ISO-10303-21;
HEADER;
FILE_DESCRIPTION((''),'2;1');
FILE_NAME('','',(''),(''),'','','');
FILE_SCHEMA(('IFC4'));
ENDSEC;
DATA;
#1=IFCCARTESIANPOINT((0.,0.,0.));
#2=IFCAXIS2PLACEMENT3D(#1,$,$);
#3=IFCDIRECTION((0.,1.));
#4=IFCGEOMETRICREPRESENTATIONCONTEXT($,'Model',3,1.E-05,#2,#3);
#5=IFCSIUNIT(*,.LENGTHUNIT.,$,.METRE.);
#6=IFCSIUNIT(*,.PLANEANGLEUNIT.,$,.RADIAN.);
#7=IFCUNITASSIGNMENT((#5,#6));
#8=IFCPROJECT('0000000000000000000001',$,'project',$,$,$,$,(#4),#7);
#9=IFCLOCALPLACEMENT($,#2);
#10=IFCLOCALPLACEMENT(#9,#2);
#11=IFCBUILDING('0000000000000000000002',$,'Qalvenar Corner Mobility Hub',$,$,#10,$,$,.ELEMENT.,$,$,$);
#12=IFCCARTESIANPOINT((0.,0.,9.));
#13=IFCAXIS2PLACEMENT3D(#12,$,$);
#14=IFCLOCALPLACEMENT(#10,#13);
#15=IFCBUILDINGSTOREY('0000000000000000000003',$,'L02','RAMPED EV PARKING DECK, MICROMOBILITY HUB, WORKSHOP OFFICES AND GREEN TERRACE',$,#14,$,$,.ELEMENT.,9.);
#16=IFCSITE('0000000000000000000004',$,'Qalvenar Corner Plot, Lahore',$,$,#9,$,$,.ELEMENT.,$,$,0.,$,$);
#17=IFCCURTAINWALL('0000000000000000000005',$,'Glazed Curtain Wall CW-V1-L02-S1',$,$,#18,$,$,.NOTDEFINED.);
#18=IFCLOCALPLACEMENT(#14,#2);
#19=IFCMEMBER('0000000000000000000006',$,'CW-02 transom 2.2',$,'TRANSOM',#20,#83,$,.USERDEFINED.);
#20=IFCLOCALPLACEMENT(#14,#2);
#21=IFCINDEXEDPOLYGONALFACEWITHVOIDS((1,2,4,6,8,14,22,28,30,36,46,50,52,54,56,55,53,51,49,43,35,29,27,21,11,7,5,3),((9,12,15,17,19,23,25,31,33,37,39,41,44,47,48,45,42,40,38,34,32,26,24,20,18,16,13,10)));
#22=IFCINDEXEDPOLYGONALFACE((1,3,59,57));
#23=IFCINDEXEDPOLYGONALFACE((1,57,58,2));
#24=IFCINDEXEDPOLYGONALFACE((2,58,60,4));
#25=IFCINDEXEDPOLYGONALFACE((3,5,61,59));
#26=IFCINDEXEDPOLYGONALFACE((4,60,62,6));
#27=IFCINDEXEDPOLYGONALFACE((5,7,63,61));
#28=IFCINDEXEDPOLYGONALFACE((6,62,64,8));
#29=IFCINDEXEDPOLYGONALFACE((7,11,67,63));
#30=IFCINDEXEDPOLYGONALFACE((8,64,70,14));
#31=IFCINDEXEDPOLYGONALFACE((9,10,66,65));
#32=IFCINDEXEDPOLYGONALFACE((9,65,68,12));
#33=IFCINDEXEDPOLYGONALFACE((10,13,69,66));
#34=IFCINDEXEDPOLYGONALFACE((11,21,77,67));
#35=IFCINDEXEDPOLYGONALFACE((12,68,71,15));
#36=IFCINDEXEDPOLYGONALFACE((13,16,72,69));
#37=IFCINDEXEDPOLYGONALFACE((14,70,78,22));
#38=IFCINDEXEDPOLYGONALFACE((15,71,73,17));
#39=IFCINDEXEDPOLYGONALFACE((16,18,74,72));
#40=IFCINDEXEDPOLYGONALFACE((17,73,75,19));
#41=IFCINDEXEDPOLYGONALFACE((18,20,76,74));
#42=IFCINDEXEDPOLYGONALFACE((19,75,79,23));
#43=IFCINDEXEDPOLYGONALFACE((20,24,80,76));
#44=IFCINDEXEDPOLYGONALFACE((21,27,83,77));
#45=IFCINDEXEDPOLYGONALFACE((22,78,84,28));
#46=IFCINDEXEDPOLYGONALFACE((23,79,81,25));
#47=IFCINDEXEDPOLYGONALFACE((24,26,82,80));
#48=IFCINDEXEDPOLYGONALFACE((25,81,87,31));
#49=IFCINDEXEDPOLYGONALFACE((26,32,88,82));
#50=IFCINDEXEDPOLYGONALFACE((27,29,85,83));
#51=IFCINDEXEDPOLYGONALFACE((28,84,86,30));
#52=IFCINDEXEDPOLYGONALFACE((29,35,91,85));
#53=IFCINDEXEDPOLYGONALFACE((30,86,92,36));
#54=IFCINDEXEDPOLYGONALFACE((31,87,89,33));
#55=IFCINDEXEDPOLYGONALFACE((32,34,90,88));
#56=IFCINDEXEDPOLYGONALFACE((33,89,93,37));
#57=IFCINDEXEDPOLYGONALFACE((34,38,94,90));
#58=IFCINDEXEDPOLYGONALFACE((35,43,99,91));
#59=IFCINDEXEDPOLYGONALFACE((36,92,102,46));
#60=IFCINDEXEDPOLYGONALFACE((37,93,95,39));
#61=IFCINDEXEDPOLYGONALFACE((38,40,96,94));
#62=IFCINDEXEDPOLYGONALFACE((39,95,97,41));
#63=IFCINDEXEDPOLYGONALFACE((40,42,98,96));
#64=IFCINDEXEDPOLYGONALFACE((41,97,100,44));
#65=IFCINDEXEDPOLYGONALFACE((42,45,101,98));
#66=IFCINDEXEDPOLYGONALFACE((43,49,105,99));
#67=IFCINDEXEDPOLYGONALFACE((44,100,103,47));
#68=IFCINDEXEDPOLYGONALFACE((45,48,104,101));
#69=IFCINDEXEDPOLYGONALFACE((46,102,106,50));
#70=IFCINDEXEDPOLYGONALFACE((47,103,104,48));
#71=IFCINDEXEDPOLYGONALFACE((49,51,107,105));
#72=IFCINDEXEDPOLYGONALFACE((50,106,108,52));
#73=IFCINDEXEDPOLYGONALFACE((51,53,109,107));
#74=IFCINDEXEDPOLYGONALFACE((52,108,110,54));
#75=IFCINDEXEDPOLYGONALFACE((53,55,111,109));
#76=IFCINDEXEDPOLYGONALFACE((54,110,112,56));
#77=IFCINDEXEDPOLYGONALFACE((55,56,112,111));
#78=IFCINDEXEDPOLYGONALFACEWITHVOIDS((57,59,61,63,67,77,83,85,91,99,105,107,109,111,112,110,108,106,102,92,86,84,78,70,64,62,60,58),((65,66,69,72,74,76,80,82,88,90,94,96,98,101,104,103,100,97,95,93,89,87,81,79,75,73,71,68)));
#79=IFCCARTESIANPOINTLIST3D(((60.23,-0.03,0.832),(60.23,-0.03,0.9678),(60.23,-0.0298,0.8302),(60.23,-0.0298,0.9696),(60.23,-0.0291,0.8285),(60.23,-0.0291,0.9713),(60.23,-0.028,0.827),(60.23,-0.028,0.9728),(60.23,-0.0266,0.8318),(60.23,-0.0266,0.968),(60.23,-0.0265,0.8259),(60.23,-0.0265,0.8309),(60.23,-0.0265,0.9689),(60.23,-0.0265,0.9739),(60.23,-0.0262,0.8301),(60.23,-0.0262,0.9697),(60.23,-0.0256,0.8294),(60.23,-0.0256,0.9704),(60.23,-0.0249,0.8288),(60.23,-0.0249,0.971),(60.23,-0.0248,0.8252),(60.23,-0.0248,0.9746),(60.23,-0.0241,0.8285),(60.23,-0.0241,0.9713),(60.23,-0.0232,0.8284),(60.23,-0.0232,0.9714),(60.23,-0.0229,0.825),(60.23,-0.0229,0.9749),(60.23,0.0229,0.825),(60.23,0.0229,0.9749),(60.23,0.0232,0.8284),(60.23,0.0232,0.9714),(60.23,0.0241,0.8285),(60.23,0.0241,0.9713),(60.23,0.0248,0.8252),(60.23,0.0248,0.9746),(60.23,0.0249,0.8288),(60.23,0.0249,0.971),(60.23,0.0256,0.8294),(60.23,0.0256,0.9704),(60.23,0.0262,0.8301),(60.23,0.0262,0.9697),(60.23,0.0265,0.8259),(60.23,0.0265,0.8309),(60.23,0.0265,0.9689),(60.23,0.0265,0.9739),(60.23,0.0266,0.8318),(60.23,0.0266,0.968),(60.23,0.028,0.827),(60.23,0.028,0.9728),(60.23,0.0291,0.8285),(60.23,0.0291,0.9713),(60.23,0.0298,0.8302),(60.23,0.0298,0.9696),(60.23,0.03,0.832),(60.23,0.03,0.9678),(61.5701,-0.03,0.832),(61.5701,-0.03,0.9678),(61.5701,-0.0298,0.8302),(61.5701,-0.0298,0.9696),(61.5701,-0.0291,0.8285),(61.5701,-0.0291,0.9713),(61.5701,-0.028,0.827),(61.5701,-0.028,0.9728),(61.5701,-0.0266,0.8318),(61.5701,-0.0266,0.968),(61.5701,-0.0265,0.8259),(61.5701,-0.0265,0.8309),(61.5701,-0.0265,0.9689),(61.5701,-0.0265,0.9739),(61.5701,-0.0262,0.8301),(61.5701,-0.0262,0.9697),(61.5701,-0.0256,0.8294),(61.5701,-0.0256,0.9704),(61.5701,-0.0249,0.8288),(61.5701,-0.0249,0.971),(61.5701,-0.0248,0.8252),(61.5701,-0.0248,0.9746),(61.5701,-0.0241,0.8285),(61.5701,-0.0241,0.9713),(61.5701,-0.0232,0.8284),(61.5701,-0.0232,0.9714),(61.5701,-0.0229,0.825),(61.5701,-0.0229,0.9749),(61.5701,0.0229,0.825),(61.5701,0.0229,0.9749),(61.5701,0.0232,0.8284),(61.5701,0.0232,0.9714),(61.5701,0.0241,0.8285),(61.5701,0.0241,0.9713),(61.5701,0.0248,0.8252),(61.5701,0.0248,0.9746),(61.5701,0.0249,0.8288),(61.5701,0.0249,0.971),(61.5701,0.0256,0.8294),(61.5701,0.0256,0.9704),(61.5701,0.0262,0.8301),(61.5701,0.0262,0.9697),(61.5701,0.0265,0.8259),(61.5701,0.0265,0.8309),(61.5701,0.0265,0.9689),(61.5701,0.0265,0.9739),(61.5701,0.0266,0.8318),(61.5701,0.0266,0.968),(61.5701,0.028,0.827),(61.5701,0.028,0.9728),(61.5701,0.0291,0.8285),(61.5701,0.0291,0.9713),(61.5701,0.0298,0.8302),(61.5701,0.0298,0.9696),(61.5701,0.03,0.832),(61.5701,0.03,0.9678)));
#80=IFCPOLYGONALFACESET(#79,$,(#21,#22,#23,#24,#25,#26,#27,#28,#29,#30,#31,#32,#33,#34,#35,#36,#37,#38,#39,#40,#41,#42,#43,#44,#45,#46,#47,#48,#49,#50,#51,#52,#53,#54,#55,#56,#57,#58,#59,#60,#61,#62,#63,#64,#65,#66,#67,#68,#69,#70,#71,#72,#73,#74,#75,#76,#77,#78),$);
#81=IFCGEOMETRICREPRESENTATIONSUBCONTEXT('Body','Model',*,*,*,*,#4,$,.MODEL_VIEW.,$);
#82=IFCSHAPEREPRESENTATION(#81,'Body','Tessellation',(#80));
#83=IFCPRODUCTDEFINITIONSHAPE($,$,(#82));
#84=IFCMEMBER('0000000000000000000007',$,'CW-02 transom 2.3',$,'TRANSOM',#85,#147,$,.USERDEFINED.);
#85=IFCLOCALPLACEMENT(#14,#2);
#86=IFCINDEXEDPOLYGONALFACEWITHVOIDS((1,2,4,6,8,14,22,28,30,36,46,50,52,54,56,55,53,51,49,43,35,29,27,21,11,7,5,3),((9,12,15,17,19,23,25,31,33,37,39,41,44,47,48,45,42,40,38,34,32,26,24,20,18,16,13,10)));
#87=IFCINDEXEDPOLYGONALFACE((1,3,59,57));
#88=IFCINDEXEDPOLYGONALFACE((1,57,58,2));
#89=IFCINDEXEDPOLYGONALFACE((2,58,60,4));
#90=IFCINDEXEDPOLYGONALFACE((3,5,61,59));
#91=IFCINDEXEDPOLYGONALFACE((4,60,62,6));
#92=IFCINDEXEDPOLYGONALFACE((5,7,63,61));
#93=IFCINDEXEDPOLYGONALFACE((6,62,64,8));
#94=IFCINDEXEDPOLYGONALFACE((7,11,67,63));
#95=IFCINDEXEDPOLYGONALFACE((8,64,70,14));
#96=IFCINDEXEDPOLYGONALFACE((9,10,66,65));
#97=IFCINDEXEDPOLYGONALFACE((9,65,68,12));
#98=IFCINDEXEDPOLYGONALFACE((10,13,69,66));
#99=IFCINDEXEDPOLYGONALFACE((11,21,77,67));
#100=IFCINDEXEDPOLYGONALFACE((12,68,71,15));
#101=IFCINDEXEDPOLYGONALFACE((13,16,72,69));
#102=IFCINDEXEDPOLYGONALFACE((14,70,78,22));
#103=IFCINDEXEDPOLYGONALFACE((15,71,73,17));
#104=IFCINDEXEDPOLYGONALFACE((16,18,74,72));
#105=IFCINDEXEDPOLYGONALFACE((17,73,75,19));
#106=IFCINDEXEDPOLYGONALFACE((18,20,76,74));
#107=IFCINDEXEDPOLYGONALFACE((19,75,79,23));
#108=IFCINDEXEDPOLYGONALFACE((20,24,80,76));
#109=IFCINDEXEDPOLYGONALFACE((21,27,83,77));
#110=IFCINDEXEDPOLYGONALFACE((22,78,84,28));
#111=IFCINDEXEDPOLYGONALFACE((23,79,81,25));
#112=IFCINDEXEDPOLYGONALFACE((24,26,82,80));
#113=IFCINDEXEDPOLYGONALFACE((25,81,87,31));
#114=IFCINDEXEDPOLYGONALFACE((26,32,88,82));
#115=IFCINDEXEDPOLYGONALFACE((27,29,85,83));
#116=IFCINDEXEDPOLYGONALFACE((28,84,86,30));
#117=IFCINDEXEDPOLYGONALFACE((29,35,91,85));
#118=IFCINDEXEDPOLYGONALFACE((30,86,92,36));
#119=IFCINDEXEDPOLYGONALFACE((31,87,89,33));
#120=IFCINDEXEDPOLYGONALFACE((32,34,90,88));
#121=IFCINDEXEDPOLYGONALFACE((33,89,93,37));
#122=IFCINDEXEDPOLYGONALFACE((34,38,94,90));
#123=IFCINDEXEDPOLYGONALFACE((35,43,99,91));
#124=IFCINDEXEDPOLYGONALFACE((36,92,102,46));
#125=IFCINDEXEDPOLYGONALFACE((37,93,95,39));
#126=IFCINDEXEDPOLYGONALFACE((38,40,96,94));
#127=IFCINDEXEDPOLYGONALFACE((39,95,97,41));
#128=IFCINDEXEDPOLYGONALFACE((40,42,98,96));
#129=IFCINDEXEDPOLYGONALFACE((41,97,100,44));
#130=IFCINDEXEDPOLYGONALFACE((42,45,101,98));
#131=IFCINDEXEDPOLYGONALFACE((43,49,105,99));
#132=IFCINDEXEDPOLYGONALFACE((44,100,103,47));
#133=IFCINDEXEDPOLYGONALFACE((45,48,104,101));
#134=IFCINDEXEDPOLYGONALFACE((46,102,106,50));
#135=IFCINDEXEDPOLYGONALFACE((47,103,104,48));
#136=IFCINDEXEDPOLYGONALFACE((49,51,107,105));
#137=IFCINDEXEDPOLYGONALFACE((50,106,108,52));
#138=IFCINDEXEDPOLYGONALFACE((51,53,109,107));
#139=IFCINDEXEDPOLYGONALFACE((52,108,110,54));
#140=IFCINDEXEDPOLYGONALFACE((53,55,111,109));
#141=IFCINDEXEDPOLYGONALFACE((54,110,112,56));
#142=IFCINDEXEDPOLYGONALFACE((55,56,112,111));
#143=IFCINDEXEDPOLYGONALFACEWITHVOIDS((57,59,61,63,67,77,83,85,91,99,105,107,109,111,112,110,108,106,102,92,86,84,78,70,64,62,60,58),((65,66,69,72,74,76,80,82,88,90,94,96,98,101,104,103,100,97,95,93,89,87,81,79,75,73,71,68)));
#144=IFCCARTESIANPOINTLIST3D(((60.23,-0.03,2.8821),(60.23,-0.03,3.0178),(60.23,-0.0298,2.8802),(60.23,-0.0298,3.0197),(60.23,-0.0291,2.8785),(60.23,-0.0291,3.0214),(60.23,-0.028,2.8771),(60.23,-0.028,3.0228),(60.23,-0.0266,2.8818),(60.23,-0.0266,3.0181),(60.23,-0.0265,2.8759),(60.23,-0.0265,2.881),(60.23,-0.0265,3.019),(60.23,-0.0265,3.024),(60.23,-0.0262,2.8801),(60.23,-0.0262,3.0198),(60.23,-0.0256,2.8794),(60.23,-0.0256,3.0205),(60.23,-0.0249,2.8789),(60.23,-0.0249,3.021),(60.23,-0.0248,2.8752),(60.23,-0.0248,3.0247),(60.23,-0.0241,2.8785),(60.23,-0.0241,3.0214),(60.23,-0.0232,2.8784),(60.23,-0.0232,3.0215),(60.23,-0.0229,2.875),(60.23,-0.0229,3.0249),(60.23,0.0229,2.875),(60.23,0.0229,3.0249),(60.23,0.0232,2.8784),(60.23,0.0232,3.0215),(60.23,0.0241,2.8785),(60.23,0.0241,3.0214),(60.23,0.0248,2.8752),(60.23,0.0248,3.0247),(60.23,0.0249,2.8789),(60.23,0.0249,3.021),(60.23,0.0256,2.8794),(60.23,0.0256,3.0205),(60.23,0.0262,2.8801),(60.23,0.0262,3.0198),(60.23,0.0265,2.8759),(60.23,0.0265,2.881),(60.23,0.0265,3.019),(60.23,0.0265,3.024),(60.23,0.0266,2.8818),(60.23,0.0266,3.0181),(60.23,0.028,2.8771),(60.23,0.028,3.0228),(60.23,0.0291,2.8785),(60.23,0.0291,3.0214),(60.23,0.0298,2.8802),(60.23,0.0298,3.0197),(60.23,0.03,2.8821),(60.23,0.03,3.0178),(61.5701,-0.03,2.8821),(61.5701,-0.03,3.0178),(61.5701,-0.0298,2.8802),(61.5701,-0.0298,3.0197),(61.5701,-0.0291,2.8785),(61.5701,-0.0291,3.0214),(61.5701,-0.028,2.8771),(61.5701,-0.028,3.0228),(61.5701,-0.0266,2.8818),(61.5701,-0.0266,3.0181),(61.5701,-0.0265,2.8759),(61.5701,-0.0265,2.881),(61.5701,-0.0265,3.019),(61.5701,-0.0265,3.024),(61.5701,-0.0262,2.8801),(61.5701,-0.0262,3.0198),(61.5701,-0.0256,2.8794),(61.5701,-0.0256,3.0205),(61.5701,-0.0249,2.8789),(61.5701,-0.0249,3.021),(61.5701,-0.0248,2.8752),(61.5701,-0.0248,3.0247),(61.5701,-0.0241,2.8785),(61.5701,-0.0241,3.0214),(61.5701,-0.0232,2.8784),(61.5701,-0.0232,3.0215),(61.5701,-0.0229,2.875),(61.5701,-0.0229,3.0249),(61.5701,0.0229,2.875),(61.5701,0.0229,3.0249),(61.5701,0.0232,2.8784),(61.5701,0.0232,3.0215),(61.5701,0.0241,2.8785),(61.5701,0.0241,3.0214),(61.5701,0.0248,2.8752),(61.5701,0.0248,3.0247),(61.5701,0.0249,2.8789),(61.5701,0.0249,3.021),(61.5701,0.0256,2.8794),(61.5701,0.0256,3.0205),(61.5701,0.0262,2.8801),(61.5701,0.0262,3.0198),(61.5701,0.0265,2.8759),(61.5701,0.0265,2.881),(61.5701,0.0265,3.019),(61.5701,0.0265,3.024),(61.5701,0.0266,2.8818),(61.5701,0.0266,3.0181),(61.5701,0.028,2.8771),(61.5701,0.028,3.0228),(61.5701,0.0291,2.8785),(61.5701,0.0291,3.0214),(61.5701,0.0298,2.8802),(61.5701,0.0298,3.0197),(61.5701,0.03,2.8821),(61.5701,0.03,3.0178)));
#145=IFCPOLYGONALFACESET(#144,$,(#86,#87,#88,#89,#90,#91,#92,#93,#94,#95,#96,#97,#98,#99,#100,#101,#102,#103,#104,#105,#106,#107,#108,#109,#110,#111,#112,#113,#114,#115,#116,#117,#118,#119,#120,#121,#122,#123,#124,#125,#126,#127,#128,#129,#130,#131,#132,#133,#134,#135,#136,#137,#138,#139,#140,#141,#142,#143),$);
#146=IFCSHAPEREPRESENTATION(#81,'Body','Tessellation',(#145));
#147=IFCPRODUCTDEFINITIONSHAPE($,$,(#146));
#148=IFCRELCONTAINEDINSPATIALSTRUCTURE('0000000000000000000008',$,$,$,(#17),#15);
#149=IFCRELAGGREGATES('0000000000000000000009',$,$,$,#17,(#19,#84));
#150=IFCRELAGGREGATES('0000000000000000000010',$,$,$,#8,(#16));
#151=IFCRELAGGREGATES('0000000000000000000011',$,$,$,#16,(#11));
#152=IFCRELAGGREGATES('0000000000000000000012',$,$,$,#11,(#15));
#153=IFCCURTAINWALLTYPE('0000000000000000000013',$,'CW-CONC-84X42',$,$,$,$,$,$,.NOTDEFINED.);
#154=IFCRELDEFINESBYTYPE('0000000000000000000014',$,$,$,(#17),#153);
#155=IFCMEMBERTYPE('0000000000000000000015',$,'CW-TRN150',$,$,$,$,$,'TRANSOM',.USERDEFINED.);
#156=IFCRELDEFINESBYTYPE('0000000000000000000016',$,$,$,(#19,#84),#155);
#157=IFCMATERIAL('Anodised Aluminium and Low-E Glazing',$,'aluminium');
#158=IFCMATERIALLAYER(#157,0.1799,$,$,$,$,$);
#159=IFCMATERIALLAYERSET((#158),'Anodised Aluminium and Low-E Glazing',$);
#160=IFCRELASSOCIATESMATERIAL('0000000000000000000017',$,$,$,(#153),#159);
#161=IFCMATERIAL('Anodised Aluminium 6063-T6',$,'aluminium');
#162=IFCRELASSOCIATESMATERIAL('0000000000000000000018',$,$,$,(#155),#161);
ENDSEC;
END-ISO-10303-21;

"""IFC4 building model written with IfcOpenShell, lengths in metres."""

from ifc_helpers import new_model, si_unit, direction, frame, origin, origin_2d, place, context, subcontext, project, spatial, hollow_rectangle, extrude, material, layer, layer_set, material_profile, profile_set, type_object, element, aggregate, save


model = new_model("IFC4")

# Units and contexts
model_context = context("Model", 3, precision=1e-05, world=origin(), true_north=direction((0.0, 1.0)))
body_context = subcontext(model_context, "Body", "Model", "MODEL_VIEW")
ifc_project = project(units=[si_unit("LENGTHUNIT", "METRE"), si_unit("PLANEANGLEUNIT", "RADIAN")], contexts=[model_context])

# Site, building, storey
site_placement = place(None, origin())
site = spatial("IfcSite", under=ifc_project, at=site_placement, Name="Qalvenar Corner Plot, Lahore", CompositionType="ELEMENT", RefElevation=0.0)
building_placement = place(site_placement, origin())
building = spatial("IfcBuilding", under=site, at=building_placement, Name="Qalvenar Corner Mobility Hub", CompositionType="ELEMENT")
storey_placement = place(building_placement, frame((0.0, 0.0, 9.0)))
storey = spatial("IfcBuildingStorey", under=building, at=storey_placement, Name="L02", Description="RAMPED EV PARKING DECK, MICROMOBILITY HUB, WORKSHOP OFFICES AND GREEN TERRACE", CompositionType="ELEMENT", Elevation=9.0)

# Curtain wall, members
ifc_material_1 = material(Name="Anodised Aluminium and Low-E Glazing", Category="aluminium")
ifc_layer_1 = layer(ifc_material_1, 0.1799)
ifc_layer_set_1 = layer_set([ifc_layer_1], Name="Anodised Aluminium and Low-E Glazing")
curtain_wall_type = type_object("IfcCurtainWallType", Name="CW-CONC-84X42", PredefinedType="NOTDEFINED", material=ifc_layer_set_1)
curtain_wall_placement = place(storey_placement, origin())
curtain_wall = element("IfcCurtainWall", 1, at=curtain_wall_placement, inside=storey, type_object=curtain_wall_type, Name="Glazed Curtain Wall CW-V1-L02-S1", PredefinedType="NOTDEFINED")
ifc_material_2 = material(Name="Anodised Aluminium 6063-T6", Category="aluminium")
ifc_material_profile_1 = material_profile(ifc_material_2, hollow_rectangle(XDim=0.0601, YDim=0.1499, WallThickness=0.0034, InnerFilletRadius=0.0034, OuterFilletRadius=0.0071, at=origin_2d()), Name="RHS150x60x3.5")
ifc_profile_set_1 = profile_set([ifc_material_profile_1], Name="Anodised Aluminium 6063-T6")
member_type_1 = type_object("IfcMemberType", Name="CW-TRN150", ElementType="TRANSOM", PredefinedType="USERDEFINED", material=ifc_profile_set_1)
member_1_placement = place(storey_placement, frame((60.23, 0.0, 0.8999), z_axis=(1.0, 0.0, 0.0), x_axis=(0.0, 1.0, 0.0)))
member_1 = element("IfcMember", 2, at=member_1_placement, type_object=member_type_1, Name="CW-02 transom 2.2", ObjectType="TRANSOM", PredefinedType="USERDEFINED", context=body_context, shape_type="SweptSolid", body=[
    extrude(hollow_rectangle(XDim=0.0601, YDim=0.1499, WallThickness=0.0034, InnerFilletRadius=0.0034, OuterFilletRadius=0.0071, at=origin_2d()), origin(), (0.0, 0.0, 1.0), 1.3401),
])
member_2_placement = place(storey_placement, frame((60.23, 0.0, 2.95), z_axis=(1.0, 0.0, 0.0), x_axis=(0.0, 1.0, 0.0)))
member_2 = element("IfcMember", 3, at=member_2_placement, type_object=member_type_1, Name="CW-02 transom 2.3", ObjectType="TRANSOM", PredefinedType="USERDEFINED", context=body_context, shape_type="SweptSolid", body=[
    extrude(hollow_rectangle(XDim=0.0601, YDim=0.1499, WallThickness=0.0034, InnerFilletRadius=0.0034, OuterFilletRadius=0.0071, at=origin_2d()), origin(), (0.0, 0.0, 1.0), 1.3401),
])

aggregate(curtain_wall, [member_1, member_2])

save(model, "model.ifc")
